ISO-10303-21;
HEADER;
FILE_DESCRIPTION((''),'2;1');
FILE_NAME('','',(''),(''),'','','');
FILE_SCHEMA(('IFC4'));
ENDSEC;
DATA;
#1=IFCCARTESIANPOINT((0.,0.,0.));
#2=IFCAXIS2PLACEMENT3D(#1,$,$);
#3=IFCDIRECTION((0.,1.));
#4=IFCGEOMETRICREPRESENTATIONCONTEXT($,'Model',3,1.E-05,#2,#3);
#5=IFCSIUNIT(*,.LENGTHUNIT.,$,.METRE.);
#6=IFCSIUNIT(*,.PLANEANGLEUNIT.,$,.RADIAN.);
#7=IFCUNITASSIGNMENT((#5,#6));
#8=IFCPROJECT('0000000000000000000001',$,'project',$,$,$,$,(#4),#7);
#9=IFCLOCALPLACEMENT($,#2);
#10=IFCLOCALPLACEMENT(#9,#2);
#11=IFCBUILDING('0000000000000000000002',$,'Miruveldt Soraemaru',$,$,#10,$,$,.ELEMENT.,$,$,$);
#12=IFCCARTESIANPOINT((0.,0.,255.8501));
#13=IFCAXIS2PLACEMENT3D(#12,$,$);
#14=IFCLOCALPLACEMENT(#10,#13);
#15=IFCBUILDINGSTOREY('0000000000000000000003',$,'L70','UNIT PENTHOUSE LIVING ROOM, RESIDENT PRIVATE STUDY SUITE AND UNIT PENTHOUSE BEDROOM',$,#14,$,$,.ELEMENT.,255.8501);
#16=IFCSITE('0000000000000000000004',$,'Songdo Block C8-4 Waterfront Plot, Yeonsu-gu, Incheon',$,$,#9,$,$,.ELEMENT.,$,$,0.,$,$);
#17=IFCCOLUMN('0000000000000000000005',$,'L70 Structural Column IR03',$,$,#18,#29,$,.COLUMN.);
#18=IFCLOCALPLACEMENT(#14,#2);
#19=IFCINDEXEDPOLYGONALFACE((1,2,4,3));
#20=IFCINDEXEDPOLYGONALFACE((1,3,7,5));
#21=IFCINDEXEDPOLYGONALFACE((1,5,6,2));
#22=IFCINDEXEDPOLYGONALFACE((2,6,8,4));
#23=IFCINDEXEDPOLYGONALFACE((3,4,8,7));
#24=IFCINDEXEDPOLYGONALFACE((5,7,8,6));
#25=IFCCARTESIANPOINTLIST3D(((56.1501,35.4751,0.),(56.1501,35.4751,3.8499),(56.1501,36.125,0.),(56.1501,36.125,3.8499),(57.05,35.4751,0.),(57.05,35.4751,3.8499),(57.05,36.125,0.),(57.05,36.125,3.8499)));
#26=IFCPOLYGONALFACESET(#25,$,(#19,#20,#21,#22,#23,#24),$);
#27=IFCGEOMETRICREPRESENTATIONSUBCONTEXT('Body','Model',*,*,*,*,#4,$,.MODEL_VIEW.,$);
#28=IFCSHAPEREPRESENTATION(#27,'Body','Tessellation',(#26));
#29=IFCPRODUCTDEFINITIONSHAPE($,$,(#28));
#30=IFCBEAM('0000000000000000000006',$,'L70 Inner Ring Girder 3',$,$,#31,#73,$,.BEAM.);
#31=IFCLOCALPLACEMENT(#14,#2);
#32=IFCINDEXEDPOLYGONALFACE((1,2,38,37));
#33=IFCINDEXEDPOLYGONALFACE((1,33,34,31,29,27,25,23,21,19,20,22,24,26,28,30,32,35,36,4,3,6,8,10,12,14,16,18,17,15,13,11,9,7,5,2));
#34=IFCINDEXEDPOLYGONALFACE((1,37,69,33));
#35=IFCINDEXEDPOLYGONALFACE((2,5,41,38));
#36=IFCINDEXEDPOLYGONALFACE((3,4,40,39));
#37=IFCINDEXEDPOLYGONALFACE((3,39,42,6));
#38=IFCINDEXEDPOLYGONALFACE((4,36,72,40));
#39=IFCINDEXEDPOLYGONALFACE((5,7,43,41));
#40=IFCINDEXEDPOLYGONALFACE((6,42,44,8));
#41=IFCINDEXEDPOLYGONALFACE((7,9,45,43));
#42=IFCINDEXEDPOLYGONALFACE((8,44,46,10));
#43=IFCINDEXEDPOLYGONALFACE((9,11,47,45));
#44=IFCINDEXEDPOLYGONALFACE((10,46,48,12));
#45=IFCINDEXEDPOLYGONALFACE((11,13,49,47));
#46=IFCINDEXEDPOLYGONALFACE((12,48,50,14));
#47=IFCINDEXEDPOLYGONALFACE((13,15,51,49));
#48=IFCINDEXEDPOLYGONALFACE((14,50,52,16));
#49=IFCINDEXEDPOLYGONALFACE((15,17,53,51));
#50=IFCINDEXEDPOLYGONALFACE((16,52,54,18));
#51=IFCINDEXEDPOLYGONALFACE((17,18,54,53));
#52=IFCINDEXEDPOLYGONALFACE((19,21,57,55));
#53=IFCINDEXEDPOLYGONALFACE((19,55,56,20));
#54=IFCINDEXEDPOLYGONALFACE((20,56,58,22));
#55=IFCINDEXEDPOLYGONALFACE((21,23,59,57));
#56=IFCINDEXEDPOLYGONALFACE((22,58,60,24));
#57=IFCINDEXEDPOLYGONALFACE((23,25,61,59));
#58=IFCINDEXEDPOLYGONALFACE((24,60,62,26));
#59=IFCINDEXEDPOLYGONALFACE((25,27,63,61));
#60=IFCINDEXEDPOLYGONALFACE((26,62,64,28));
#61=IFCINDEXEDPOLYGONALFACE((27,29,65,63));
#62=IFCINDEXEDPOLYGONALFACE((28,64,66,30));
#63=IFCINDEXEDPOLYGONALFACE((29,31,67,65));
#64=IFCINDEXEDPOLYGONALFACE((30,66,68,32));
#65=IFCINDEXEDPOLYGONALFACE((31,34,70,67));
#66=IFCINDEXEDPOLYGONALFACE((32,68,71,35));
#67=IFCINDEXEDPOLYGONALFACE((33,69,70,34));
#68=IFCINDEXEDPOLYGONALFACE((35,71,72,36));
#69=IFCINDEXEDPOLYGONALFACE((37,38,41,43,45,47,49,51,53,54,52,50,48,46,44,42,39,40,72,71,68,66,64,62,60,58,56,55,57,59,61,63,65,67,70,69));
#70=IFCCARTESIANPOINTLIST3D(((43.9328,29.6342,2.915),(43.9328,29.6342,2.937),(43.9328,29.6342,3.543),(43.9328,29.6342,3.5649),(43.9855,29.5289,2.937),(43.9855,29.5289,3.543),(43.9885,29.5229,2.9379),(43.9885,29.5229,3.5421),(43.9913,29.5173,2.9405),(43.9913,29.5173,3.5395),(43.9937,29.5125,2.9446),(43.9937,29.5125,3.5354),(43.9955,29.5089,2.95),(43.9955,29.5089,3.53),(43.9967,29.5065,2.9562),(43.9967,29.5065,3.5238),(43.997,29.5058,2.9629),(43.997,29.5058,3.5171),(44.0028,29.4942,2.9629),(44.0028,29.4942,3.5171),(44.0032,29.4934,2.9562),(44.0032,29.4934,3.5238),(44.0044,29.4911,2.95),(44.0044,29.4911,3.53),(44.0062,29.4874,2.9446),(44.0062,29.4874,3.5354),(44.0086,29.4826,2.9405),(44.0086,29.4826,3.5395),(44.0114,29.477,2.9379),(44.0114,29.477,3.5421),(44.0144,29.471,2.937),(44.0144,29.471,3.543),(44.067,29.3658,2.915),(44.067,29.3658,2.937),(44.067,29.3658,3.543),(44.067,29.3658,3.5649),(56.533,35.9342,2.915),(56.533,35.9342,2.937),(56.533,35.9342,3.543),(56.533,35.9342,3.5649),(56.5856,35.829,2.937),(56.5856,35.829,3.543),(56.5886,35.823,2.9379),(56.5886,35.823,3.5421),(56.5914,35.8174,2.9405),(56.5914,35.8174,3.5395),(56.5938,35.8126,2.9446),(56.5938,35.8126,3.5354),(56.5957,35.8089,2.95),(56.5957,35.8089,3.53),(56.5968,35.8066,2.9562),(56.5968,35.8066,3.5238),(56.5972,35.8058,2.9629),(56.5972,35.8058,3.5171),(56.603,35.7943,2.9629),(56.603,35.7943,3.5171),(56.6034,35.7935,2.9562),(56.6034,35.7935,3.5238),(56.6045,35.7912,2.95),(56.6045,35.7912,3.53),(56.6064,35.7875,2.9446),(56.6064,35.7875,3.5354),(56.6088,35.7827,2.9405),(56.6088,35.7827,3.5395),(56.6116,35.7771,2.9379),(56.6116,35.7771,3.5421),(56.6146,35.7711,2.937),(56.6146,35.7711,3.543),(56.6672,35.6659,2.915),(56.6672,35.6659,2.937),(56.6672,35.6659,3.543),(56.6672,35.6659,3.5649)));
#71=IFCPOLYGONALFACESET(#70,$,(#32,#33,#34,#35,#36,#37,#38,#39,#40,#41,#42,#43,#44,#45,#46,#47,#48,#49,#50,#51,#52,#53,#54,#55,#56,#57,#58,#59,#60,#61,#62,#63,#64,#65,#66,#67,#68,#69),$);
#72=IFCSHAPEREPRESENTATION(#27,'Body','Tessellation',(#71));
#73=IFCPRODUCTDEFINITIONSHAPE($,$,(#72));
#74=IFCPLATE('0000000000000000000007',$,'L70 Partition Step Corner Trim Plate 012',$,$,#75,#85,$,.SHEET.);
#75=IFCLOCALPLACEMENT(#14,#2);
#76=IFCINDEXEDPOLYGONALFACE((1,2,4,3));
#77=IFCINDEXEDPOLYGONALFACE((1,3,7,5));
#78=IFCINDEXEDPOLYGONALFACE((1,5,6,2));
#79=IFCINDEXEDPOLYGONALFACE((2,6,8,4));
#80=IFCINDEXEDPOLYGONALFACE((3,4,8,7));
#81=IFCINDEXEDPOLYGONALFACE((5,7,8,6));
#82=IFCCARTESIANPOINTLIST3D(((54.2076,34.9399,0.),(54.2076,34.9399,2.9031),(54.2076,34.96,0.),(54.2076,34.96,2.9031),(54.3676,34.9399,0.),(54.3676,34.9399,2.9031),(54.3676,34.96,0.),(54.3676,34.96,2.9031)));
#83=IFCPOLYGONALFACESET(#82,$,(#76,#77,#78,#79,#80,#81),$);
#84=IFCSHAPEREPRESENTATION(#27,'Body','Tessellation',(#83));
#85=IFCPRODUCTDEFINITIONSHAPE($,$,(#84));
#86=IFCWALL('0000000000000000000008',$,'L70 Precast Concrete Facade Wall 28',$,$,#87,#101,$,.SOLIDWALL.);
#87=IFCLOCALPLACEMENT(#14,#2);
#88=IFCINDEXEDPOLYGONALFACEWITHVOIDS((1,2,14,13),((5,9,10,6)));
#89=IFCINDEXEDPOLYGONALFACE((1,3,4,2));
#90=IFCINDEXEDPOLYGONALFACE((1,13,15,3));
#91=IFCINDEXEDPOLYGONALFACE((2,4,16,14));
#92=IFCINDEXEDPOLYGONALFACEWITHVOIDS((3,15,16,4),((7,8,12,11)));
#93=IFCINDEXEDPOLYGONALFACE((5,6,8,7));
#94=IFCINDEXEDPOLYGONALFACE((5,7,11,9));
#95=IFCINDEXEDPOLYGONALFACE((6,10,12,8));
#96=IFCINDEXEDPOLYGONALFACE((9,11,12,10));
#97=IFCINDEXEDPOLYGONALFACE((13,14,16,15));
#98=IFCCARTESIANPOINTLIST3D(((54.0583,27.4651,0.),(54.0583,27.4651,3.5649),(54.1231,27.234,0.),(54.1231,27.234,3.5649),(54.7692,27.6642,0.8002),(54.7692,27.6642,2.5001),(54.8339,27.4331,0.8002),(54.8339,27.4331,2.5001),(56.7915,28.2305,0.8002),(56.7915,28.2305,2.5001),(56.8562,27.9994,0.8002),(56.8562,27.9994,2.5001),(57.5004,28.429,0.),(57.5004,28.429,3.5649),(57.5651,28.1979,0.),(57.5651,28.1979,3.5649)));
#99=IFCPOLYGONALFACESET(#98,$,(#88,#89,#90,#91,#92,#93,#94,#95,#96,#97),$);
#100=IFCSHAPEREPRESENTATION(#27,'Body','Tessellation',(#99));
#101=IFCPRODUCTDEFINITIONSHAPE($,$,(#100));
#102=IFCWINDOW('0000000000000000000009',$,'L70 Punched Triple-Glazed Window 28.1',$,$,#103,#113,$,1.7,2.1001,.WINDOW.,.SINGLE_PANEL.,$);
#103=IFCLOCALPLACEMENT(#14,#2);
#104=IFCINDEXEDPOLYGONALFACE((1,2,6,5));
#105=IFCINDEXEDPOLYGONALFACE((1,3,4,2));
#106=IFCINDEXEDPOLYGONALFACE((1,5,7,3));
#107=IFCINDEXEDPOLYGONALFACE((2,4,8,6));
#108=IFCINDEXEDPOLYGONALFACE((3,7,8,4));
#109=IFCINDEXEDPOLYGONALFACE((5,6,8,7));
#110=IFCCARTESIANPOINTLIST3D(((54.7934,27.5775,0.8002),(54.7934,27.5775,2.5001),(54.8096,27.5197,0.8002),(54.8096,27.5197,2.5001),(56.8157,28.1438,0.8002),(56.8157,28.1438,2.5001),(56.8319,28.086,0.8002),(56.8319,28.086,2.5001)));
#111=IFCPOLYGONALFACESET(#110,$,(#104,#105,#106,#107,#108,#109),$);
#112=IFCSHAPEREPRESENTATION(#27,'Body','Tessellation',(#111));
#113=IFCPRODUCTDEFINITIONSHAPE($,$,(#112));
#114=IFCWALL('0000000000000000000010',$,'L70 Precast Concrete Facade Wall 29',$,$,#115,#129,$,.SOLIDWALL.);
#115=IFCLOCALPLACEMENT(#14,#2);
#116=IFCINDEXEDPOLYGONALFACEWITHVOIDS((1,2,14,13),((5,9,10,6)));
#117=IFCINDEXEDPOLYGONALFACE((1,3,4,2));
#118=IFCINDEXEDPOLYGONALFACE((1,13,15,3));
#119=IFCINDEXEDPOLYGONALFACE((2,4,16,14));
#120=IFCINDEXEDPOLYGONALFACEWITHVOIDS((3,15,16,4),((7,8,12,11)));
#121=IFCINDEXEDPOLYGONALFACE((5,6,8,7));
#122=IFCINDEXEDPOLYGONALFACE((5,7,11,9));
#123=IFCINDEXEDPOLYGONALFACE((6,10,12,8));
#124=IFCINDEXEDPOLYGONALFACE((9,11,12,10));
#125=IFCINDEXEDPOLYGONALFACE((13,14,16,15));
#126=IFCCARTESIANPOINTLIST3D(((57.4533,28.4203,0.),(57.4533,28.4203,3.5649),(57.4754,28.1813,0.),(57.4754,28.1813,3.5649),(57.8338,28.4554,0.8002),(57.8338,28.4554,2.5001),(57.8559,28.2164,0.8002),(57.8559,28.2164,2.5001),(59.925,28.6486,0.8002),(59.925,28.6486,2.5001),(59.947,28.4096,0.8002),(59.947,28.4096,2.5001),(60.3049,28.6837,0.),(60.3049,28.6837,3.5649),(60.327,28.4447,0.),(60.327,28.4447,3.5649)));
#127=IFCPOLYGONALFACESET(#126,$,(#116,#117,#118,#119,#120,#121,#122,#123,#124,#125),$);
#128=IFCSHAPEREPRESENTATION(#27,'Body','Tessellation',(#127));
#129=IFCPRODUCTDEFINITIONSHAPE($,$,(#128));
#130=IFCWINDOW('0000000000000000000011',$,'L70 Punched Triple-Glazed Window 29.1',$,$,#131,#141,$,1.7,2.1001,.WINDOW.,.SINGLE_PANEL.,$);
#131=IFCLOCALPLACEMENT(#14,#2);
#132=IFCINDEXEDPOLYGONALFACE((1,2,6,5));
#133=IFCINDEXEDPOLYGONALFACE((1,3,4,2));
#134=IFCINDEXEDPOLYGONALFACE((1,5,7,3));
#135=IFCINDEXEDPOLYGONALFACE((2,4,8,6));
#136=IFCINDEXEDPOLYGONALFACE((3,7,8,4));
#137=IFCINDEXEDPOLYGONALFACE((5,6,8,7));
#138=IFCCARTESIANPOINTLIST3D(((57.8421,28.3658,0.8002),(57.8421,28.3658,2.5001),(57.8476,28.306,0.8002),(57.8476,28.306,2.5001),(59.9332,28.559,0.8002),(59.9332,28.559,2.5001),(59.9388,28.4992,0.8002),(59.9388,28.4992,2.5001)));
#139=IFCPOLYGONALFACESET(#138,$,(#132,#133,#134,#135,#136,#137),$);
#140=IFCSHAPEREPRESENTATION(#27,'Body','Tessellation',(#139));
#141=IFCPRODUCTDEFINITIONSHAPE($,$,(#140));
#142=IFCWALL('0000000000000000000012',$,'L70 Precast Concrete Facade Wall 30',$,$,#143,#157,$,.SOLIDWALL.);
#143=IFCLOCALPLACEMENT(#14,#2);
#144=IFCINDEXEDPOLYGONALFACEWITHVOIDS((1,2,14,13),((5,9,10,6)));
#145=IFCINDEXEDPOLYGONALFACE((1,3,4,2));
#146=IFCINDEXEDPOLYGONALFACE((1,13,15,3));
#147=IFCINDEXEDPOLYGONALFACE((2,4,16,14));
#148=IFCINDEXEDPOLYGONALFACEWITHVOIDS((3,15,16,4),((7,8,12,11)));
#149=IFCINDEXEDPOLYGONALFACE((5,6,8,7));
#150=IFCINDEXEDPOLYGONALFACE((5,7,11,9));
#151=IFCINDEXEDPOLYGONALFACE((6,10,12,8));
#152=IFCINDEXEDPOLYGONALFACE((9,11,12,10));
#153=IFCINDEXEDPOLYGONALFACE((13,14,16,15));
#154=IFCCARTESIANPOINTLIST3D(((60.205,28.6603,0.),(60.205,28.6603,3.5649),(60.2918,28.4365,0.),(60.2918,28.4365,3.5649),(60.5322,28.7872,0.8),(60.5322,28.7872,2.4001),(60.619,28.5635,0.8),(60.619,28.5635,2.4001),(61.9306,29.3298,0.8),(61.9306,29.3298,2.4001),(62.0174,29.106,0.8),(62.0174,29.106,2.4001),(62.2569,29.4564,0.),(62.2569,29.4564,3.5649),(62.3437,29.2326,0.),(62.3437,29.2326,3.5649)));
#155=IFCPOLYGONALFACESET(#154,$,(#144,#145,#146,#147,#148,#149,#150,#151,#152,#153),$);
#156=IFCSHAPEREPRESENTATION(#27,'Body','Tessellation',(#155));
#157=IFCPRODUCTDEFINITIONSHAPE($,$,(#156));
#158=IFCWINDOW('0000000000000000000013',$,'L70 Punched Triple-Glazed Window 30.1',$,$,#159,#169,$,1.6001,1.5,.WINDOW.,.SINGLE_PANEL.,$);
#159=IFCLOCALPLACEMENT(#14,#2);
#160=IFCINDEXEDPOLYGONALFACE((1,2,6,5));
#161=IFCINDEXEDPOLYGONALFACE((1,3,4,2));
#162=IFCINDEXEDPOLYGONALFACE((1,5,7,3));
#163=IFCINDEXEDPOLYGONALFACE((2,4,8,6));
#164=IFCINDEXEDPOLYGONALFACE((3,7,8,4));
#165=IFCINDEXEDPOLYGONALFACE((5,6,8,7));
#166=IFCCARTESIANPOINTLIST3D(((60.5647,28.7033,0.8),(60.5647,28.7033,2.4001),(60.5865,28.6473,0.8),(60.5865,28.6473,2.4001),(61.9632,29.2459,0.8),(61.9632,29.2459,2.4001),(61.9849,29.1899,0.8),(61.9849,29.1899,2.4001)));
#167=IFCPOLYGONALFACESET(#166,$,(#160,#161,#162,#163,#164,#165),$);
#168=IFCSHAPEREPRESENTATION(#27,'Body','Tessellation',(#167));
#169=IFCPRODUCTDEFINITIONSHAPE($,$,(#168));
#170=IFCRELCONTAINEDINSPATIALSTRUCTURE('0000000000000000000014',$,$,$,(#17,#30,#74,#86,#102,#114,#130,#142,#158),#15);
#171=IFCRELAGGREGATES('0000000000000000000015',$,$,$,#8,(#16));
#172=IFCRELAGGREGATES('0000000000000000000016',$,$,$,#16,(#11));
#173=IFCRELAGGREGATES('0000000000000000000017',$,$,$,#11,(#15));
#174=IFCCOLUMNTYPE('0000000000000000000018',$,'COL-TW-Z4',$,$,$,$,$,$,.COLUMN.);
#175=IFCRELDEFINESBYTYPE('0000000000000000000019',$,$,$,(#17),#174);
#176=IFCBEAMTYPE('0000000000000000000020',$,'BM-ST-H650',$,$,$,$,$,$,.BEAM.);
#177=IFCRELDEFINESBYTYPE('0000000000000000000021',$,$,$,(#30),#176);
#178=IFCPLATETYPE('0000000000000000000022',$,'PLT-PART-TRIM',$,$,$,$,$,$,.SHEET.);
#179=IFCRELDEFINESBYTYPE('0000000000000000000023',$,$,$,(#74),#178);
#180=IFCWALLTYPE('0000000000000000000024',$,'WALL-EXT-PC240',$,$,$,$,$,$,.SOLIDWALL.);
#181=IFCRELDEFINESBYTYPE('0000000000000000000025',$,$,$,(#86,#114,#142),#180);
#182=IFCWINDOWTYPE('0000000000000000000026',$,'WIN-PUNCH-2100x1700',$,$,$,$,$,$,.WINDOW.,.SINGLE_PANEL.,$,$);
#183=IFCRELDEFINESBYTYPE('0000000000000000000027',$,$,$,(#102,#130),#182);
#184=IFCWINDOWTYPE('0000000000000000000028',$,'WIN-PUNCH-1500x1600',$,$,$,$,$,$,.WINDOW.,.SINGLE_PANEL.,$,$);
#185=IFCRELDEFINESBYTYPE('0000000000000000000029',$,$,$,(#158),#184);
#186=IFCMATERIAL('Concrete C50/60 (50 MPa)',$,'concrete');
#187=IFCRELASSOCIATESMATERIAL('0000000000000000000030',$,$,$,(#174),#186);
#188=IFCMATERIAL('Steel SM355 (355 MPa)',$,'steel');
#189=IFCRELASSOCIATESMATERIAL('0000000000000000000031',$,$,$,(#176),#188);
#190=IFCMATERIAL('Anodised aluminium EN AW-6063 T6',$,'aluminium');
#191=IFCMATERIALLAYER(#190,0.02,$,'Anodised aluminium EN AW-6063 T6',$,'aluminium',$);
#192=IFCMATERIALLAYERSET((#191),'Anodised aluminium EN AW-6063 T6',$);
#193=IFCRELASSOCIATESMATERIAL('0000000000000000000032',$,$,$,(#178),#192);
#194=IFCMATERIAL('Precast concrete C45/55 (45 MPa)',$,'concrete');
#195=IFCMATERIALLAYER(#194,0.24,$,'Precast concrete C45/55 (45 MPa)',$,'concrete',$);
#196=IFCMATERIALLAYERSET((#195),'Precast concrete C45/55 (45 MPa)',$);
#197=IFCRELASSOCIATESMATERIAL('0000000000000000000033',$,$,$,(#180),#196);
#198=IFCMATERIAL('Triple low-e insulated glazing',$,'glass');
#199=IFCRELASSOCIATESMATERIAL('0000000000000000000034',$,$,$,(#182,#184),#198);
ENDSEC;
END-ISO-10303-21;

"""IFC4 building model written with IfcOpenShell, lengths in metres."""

from ifc_helpers import new_model, si_unit, direction, frame, frame_2d, origin, origin_2d, place, context, subcontext, project, spatial, rectangle, i_section, extrude, material, layer, layer_set, material_profile, profile_set, type_object, element, fill, save


model = new_model("IFC4")

# Units and contexts
model_context = context("Model", 3, precision=1e-05, world=origin(), true_north=direction((0.0, 1.0)))
body_context = subcontext(model_context, "Body", "Model", "MODEL_VIEW")
ifc_project = project(units=[si_unit("LENGTHUNIT", "METRE"), si_unit("PLANEANGLEUNIT", "RADIAN")], contexts=[model_context])

# Site, building, storey
site_placement = place(None, origin())
site = spatial("IfcSite", under=ifc_project, at=site_placement, Name="Songdo Block C8-4 Waterfront Plot, Yeonsu-gu, Incheon", CompositionType="ELEMENT", RefElevation=0.0)
building_placement = place(site_placement, origin())
building = spatial("IfcBuilding", under=site, at=building_placement, Name="Miruveldt Soraemaru", CompositionType="ELEMENT")
storey_placement = place(building_placement, frame((0.0, 0.0, 255.8501)))
storey = spatial("IfcBuildingStorey", under=building, at=storey_placement, Name="L70", Description="UNIT PENTHOUSE LIVING ROOM, RESIDENT PRIVATE STUDY SUITE AND UNIT PENTHOUSE BEDROOM", CompositionType="ELEMENT", Elevation=255.8501)

# Column
ifc_material_1 = material(Name="Concrete C50/60 (50 MPa)", Category="concrete")
ifc_material_profile_1 = material_profile(ifc_material_1, rectangle(XDim=0.8999, YDim=0.6499, at=origin_2d()), Name="Concrete C50/60 (50 MPa)", Category="concrete")
ifc_profile_set_1 = profile_set([ifc_material_profile_1], Name="Concrete C50/60 (50 MPa)")
column_type = type_object("IfcColumnType", Name="COL-TW-Z4", PredefinedType="COLUMN", material=ifc_profile_set_1)
column_placement = place(storey_placement, frame((56.6001, 35.8, 0.0), z_axis=(0.0, 0.0, 1.0), x_axis=(1.0, 0.0, 0.0)))
element("IfcColumn", 1, at=column_placement, inside=storey, type_object=column_type, Name="L70 Structural Column IR03", PredefinedType="COLUMN", context=body_context, shape_type="SweptSolid", body=[
    extrude(rectangle(XDim=0.8999, YDim=0.6499, at=origin_2d()), origin(), (0.0, 0.0, 1.0), 3.8499),
])

# Beam
ifc_material_2 = material(Name="Steel SM355 (355 MPa)", Category="steel")
ifc_material_profile_2 = material_profile(ifc_material_2, i_section(OverallWidth=0.3, OverallDepth=0.6499, WebThickness=0.0129, FlangeThickness=0.022, FilletRadius=0.0259, at=origin_2d()), Name="Steel SM355 (355 MPa)", Category="steel")
ifc_profile_set_2 = profile_set([ifc_material_profile_2], Name="Steel SM355 (355 MPa)")
beam_type = type_object("IfcBeamType", Name="BM-ST-H650", PredefinedType="BEAM", material=ifc_profile_set_2)
beam_placement = place(storey_placement, frame((56.6001, 35.8, 3.24), z_axis=(-0.894427, -0.447214, 0.0), x_axis=(0.447214, -0.894427, 0.0)))
element("IfcBeam", 2, at=beam_placement, inside=storey, type_object=beam_type, Name="L70 Inner Ring Girder 3", PredefinedType="BEAM", context=body_context, shape_type="SweptSolid", body=[
    extrude(i_section(OverallWidth=0.3, OverallDepth=0.6499, WebThickness=0.0129, FlangeThickness=0.022, FilletRadius=0.0259, at=origin_2d()), origin(), (0.0, 0.0, 1.0), 14.0874),
])

# Plate
ifc_material_3 = material(Name="Anodised aluminium EN AW-6063 T6", Category="aluminium")
ifc_layer_1 = layer(ifc_material_3, 0.02, Name="Anodised aluminium EN AW-6063 T6", Category="aluminium")
ifc_layer_set_1 = layer_set([ifc_layer_1], Name="Anodised aluminium EN AW-6063 T6")
plate_type = type_object("IfcPlateType", Name="PLT-PART-TRIM", PredefinedType="SHEET", material=ifc_layer_set_1)
plate_placement = place(storey_placement, frame((54.2876, 34.95, 0.0), z_axis=(0.0, 0.0, 1.0), x_axis=(-1.0, 0.0, 0.0)))
element("IfcPlate", 3, at=plate_placement, inside=storey, type_object=plate_type, Name="L70 Partition Step Corner Trim Plate 012", PredefinedType="SHEET", context=body_context, shape_type="SweptSolid", body=[
    extrude(rectangle(XDim=0.1599, YDim=0.02, at=origin_2d()), origin(), (0.0, 0.0, 1.0), 2.9031),
])

# Walls, openings, windows
ifc_material_4 = material(Name="Precast concrete C45/55 (45 MPa)", Category="concrete")
ifc_layer_2 = layer(ifc_material_4, 0.24, Name="Precast concrete C45/55 (45 MPa)", Category="concrete")
ifc_layer_set_2 = layer_set([ifc_layer_2], Name="Precast concrete C45/55 (45 MPa)")
wall_type_1 = type_object("IfcWallType", Name="WALL-EXT-PC240", PredefinedType="SOLIDWALL", material=ifc_layer_set_2)
wall_1_placement = place(storey_placement, frame((54.0908, 27.3496, 0.0), z_axis=(0.0, 0.0, 1.0), x_axis=(0.962959, 0.269648, 0.0)))
wall_1 = element("IfcWall", 4, at=wall_1_placement, inside=storey, type_object=wall_type_1, Name="L70 Precast Concrete Facade Wall 28", PredefinedType="SOLIDWALL", context=body_context, shape_type="SweptSolid", body=[
    extrude(rectangle(XDim=3.5745, YDim=0.24, at=frame_2d((1.7871, 0.0))), origin(), (0.0, 0.0, 1.0), 3.5649),
])
opening_1_placement = place(wall_1_placement, frame((0.738, 0.0, 0.8)))
opening_1 = element("IfcOpeningElement", 5, at=opening_1_placement, cuts=wall_1, PredefinedType="OPENING", context=body_context, shape_type="SweptSolid", body=[
    extrude(rectangle(XDim=2.1001, YDim=1.7, at=frame_2d((1.05, 0.8501))), frame((0.0, 0.1299, 0.0), z_axis=(0.0, -1.0, 0.0), x_axis=(1.0, 0.0, 0.0)), (0.0, 0.0, 1.0), 0.26),
])
ifc_material_5 = material(Name="Triple low-e insulated glazing", Category="glass")
window_type_1 = type_object("IfcWindowType", Name="WIN-PUNCH-2100x1700", PartitioningType="SINGLE_PANEL", PredefinedType="WINDOW", material=ifc_material_5)
window_1_placement = place(opening_1_placement, origin())
window_1 = element("IfcWindow", 6, at=window_1_placement, inside=storey, type_object=window_type_1, Name="L70 Punched Triple-Glazed Window 28.1", OverallHeight=1.7, OverallWidth=2.1001, PartitioningType="SINGLE_PANEL", PredefinedType="WINDOW", context=body_context, shape_type="SweptSolid", body=[
    extrude(rectangle(XDim=2.1001, YDim=1.7, at=frame_2d((1.05, 0.8501))), frame((0.0, 0.03, 0.0), z_axis=(0.0, -1.0, 0.0), x_axis=(1.0, 0.0, 0.0)), (0.0, 0.0, 1.0), 0.0601),
])
fill(opening_1, window_1)
wall_2_placement = place(storey_placement, frame((57.4644, 28.3008, 0.0), z_axis=(0.0, 0.0, 1.0), x_axis=(0.99576, 0.091988, 0.0)))
wall_2 = element("IfcWall", 7, at=wall_2_placement, inside=storey, type_object=wall_type_1, Name="L70 Precast Concrete Facade Wall 29", PredefinedType="SOLIDWALL", context=body_context, shape_type="SweptSolid", body=[
    extrude(rectangle(XDim=2.8638, YDim=0.24, at=frame_2d((1.4319, 0.0))), origin(), (0.0, 0.0, 1.0), 3.5649),
])
opening_2_placement = place(wall_2_placement, frame((0.3821, 0.0, 0.8)))
opening_2 = element("IfcOpeningElement", 8, at=opening_2_placement, cuts=wall_2, PredefinedType="OPENING", context=body_context, shape_type="SweptSolid", body=[
    extrude(rectangle(XDim=2.1001, YDim=1.7, at=frame_2d((1.05, 0.8501))), frame((0.0, 0.1299, 0.0), z_axis=(0.0, -1.0, 0.0), x_axis=(1.0, 0.0, 0.0)), (0.0, 0.0, 1.0), 0.26),
])
window_2_placement = place(opening_2_placement, origin())
window_2 = element("IfcWindow", 9, at=window_2_placement, inside=storey, type_object=window_type_1, Name="L70 Punched Triple-Glazed Window 29.1", OverallHeight=1.7, OverallWidth=2.1001, PartitioningType="SINGLE_PANEL", PredefinedType="WINDOW", context=body_context, shape_type="SweptSolid", body=[
    extrude(rectangle(XDim=2.1001, YDim=1.7, at=frame_2d((1.05, 0.8501))), frame((0.0, 0.03, 0.0), z_axis=(0.0, -1.0, 0.0), x_axis=(1.0, 0.0, 0.0)), (0.0, 0.0, 1.0), 0.0601),
])
fill(opening_2, window_2)
wall_3_placement = place(storey_placement, frame((60.2483, 28.5483, 0.0), z_axis=(0.0, 0.0, 1.0), x_axis=(0.93229, 0.361713, 0.0)))
wall_3 = element("IfcWall", 10, at=wall_3_placement, inside=storey, type_object=wall_type_1, Name="L70 Precast Concrete Facade Wall 30", PredefinedType="SOLIDWALL", context=body_context, shape_type="SweptSolid", body=[
    extrude(rectangle(XDim=2.2009, YDim=0.24, at=frame_2d((1.1006, 0.0))), origin(), (0.0, 0.0, 1.0), 3.5649),
])
opening_3_placement = place(wall_3_placement, frame((0.3511, 0.0, 0.8)))
opening_3 = element("IfcOpeningElement", 11, at=opening_3_placement, cuts=wall_3, PredefinedType="OPENING", context=body_context, shape_type="SweptSolid", body=[
    extrude(rectangle(XDim=1.5, YDim=1.6001, at=frame_2d((0.75, 0.8))), frame((0.0, 0.1299, 0.0), z_axis=(0.0, -1.0, 0.0), x_axis=(1.0, 0.0, 0.0)), (0.0, 0.0, 1.0), 0.26),
])
window_type_2 = type_object("IfcWindowType", Name="WIN-PUNCH-1500x1600", PartitioningType="SINGLE_PANEL", PredefinedType="WINDOW", material=ifc_material_5)
window_3_placement = place(opening_3_placement, origin())
window_3 = element("IfcWindow", 12, at=window_3_placement, inside=storey, type_object=window_type_2, Name="L70 Punched Triple-Glazed Window 30.1", OverallHeight=1.6001, OverallWidth=1.5, PartitioningType="SINGLE_PANEL", PredefinedType="WINDOW", context=body_context, shape_type="SweptSolid", body=[
    extrude(rectangle(XDim=1.5, YDim=1.6001, at=frame_2d((0.75, 0.8))), frame((0.0, 0.03, 0.0), z_axis=(0.0, -1.0, 0.0), x_axis=(1.0, 0.0, 0.0)), (0.0, 0.0, 1.0), 0.0601),
])
fill(opening_3, window_3)

save(model, "model.ifc")
